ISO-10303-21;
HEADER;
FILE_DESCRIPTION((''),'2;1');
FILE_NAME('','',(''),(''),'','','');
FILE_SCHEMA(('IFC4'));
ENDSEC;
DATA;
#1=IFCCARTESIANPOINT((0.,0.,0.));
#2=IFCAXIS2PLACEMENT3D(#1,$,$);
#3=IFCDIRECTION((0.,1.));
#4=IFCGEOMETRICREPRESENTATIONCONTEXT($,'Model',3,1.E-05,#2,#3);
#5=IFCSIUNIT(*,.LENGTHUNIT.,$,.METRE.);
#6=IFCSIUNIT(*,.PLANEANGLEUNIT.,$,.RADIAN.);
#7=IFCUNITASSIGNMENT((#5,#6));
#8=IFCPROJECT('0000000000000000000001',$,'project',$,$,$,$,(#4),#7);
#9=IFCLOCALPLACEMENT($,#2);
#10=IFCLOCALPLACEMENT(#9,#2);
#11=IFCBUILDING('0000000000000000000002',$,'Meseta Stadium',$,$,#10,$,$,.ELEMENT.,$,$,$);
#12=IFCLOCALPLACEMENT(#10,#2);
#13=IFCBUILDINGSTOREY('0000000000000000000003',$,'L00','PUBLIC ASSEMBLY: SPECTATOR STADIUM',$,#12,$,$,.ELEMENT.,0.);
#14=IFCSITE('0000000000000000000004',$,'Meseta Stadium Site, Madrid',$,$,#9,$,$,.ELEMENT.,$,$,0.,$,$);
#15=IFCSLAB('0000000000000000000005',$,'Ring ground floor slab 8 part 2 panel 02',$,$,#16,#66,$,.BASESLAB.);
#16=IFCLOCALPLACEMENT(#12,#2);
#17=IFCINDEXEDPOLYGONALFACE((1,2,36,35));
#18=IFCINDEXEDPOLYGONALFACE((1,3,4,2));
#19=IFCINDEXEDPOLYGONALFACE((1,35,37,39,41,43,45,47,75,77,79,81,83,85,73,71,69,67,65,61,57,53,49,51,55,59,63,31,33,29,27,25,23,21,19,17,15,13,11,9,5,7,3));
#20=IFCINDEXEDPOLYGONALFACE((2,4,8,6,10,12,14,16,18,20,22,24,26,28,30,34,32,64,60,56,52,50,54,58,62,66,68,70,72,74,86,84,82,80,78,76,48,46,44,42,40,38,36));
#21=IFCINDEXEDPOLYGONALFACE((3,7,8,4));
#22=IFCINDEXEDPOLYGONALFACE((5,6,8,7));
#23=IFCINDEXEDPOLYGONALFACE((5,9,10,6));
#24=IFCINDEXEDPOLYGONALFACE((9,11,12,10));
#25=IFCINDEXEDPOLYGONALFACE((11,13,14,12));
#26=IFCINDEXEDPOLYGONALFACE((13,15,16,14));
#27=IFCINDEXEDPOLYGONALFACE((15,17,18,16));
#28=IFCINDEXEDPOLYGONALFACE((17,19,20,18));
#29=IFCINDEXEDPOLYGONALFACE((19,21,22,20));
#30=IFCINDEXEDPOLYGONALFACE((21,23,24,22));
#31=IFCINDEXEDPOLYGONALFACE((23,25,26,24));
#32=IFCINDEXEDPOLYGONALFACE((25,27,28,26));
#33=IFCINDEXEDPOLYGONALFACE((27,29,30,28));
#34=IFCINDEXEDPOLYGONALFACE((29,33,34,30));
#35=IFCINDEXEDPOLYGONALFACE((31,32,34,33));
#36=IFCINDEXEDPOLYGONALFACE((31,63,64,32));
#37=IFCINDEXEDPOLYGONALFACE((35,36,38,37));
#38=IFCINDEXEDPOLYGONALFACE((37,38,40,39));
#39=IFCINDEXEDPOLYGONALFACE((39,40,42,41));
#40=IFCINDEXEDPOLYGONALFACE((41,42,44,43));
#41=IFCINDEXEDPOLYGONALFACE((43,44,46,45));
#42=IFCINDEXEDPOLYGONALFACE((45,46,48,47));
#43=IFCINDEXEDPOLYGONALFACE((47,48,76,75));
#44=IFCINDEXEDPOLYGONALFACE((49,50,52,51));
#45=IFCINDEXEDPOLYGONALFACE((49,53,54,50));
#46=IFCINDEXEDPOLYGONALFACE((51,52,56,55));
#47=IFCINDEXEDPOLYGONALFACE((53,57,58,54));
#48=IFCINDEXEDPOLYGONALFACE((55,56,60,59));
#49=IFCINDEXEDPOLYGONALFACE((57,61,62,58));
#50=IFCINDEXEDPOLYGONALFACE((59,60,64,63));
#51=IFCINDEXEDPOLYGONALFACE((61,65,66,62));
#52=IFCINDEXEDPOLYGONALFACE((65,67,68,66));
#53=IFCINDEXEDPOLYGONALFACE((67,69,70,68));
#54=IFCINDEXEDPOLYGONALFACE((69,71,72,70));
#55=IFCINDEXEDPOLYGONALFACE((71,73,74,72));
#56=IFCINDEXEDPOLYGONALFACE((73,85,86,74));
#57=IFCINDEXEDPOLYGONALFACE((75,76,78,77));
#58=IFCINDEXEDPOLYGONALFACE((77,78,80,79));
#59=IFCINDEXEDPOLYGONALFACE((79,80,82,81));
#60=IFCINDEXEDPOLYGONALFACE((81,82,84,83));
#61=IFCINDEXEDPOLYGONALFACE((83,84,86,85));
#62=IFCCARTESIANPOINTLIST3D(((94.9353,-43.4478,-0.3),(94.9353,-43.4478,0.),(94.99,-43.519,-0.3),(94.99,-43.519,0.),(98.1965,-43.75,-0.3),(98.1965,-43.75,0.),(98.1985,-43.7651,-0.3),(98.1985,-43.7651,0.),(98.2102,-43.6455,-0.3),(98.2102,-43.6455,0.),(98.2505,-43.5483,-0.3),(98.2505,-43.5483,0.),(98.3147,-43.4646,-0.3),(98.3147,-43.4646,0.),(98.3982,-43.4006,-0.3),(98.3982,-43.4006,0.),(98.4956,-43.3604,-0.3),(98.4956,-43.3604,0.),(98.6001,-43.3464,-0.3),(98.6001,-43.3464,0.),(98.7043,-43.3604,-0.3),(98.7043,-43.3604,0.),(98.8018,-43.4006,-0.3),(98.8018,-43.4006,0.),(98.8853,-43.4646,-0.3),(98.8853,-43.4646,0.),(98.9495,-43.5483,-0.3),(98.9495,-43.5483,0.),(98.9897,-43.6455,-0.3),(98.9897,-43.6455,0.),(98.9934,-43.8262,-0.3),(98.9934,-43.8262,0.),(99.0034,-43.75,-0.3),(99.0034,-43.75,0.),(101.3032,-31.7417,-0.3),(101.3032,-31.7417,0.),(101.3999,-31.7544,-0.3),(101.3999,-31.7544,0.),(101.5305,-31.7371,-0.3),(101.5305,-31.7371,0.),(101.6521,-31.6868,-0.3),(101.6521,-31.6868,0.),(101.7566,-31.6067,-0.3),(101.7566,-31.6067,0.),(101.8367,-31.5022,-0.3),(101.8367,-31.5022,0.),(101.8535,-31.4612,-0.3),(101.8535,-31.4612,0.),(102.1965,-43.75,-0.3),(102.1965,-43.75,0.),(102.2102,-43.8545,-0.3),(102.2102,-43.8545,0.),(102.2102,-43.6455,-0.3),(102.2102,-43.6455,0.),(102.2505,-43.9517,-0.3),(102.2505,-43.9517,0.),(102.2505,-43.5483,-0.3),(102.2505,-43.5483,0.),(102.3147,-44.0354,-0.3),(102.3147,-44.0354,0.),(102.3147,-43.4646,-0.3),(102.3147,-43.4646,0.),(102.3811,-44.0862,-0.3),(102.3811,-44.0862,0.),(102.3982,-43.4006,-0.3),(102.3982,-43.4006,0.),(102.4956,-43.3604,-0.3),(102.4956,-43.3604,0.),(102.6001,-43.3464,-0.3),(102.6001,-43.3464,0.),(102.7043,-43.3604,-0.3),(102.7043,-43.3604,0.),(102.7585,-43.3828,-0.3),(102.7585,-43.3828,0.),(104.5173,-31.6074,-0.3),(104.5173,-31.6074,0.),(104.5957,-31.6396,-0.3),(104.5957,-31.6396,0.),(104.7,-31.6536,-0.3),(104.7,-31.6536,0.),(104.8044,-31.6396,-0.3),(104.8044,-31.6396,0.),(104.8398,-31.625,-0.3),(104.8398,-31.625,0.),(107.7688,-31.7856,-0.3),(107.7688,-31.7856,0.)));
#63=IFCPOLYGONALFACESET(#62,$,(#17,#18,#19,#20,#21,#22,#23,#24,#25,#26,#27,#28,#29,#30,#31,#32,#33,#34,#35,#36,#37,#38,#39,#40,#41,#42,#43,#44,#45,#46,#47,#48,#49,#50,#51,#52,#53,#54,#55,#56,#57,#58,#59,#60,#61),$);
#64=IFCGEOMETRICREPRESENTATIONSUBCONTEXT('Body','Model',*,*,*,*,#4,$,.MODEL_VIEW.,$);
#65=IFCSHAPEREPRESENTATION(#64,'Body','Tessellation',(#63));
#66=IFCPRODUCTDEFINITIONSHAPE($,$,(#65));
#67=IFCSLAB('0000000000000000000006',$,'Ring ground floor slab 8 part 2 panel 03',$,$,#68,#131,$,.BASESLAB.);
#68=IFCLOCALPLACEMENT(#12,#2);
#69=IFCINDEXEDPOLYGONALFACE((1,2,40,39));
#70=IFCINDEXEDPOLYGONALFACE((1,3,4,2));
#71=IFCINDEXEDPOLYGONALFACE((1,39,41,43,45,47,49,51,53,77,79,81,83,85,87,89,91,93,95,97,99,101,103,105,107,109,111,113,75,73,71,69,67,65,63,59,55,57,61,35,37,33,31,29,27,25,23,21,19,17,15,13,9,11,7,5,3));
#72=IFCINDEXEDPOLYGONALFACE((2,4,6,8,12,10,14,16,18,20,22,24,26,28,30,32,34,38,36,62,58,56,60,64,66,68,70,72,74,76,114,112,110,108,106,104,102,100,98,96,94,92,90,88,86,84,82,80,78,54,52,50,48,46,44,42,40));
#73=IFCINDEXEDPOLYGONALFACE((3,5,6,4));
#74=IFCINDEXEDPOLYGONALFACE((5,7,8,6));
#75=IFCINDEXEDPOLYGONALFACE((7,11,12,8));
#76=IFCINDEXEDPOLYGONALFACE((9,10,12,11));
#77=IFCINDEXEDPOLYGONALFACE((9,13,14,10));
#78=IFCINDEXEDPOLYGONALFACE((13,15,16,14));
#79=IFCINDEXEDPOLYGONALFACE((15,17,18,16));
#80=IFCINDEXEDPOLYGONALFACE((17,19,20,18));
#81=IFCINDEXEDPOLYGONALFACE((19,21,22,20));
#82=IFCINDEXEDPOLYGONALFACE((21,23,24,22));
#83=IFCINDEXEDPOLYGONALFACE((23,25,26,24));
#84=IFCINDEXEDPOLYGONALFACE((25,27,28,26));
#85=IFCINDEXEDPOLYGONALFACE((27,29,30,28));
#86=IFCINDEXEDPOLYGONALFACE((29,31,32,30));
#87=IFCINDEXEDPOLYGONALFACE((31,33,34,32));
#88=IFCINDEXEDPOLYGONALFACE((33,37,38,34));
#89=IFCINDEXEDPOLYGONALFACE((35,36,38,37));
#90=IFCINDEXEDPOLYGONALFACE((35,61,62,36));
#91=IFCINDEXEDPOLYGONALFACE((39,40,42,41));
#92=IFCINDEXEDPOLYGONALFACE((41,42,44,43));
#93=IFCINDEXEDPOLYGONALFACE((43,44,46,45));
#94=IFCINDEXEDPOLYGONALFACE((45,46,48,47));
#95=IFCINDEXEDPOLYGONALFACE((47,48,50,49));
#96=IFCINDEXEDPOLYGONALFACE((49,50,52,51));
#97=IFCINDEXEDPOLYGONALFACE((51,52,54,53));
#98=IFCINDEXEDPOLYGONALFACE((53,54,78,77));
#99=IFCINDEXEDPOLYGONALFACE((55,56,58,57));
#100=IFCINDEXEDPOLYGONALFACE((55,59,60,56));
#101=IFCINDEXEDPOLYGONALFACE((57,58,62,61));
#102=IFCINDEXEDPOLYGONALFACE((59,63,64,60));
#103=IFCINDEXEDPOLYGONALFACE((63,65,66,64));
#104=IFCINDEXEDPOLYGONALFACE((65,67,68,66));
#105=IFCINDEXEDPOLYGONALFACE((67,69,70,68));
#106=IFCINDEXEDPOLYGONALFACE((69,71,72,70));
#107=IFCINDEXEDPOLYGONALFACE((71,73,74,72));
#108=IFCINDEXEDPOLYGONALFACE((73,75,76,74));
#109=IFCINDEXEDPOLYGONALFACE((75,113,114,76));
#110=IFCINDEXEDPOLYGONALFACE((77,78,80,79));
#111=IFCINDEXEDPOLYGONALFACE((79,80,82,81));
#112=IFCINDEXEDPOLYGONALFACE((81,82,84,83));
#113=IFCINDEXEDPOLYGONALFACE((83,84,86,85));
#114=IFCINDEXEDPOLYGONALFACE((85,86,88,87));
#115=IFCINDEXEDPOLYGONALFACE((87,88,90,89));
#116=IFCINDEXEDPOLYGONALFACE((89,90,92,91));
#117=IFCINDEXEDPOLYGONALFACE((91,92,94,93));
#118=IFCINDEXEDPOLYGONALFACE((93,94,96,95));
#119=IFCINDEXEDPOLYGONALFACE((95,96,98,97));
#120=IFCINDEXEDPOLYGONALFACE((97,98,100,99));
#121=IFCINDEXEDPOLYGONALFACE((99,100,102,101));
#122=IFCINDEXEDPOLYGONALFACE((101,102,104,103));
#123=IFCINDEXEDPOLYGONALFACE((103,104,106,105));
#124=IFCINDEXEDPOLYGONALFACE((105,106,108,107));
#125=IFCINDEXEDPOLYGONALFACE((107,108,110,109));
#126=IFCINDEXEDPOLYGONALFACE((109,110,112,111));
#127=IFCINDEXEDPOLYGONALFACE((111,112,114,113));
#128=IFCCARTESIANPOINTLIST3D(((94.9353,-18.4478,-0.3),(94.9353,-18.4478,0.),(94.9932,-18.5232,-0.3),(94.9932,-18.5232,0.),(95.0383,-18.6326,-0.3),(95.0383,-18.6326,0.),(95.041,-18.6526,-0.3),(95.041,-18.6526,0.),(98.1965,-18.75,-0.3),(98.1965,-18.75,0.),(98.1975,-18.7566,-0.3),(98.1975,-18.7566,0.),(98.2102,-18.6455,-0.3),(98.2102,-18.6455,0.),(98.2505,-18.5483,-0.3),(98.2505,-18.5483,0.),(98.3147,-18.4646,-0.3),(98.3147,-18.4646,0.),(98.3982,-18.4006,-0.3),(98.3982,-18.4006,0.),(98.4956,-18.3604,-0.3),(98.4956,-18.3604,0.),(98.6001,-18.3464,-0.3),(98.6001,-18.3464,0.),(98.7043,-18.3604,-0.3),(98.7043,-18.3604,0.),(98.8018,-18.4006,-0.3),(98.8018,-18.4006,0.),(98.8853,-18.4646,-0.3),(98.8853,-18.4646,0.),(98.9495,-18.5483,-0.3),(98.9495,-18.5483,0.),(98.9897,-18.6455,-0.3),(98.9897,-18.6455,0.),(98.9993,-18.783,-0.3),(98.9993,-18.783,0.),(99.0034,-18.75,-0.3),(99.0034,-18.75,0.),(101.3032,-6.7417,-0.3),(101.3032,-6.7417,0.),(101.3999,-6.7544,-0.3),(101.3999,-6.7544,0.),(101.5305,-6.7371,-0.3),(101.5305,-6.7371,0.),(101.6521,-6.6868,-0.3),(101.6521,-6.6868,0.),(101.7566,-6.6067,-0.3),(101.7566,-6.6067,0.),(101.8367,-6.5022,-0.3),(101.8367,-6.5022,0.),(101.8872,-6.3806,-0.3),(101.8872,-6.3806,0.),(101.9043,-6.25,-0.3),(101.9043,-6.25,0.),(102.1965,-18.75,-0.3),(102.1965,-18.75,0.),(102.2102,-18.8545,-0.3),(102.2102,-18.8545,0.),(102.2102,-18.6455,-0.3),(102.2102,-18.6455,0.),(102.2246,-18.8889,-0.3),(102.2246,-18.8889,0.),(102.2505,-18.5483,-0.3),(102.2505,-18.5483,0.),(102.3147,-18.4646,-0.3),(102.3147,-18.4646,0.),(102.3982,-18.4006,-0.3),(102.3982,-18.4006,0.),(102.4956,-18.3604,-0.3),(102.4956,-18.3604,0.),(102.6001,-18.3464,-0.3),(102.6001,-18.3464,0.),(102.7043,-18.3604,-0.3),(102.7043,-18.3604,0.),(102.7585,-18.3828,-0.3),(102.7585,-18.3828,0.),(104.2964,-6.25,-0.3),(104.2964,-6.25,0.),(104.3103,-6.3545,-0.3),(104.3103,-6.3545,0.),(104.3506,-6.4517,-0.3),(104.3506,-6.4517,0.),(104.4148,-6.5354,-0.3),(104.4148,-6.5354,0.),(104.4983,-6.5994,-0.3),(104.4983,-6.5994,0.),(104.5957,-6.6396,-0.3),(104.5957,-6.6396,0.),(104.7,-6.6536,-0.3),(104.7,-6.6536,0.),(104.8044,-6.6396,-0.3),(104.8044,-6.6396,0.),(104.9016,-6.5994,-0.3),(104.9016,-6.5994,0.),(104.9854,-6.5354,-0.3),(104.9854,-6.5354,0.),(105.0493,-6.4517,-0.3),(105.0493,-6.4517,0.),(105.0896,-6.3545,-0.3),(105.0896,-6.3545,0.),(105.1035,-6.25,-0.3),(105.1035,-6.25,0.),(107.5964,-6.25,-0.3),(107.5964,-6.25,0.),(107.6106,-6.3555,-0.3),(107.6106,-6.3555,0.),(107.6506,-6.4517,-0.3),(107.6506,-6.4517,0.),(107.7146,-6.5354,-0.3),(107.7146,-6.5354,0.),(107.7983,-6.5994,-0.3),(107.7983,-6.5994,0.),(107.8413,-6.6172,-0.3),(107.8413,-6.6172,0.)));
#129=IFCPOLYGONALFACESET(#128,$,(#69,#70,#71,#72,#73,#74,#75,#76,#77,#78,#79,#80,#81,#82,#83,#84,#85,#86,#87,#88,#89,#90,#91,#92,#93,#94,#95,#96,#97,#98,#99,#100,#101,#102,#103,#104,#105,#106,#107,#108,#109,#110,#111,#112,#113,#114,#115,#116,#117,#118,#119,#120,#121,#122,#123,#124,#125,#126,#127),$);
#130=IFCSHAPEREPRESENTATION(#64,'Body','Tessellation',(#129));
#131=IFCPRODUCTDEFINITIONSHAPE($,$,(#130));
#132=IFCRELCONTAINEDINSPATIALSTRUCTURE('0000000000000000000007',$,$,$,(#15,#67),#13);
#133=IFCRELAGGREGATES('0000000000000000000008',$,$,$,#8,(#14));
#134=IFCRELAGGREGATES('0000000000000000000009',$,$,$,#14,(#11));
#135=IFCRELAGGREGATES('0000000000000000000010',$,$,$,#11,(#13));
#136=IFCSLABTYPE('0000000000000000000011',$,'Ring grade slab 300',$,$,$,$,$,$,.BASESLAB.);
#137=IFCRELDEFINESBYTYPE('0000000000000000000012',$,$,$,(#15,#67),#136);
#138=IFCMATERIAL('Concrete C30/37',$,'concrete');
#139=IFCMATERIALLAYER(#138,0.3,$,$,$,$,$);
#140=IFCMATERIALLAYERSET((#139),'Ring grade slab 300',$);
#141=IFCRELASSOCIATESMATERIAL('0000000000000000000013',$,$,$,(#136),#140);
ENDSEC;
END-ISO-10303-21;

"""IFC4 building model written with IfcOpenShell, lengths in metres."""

from ifc_helpers import new_model, si_unit, direction, frame, origin, place, context, subcontext, project, spatial, polyline, outline, extrude, material, layer, layer_set, type_object, element, save


model = new_model("IFC4")

# Units and contexts
model_context = context("Model", 3, precision=1e-05, world=origin(), true_north=direction((0.0, 1.0)))
body_context = subcontext(model_context, "Body", "Model", "MODEL_VIEW")
ifc_project = project(units=[si_unit("LENGTHUNIT", "METRE"), si_unit("PLANEANGLEUNIT", "RADIAN")], contexts=[model_context])

# Site, building, storey
site_placement = place(None, origin())
site = spatial("IfcSite", under=ifc_project, at=site_placement, Name="Meseta Stadium Site, Madrid", CompositionType="ELEMENT", RefElevation=0.0)
building_placement = place(site_placement, origin())
building = spatial("IfcBuilding", under=site, at=building_placement, Name="Meseta Stadium", CompositionType="ELEMENT")
storey_placement = place(building_placement, origin())
storey = spatial("IfcBuildingStorey", under=building, at=storey_placement, Name="L00", Description="PUBLIC ASSEMBLY: SPECTATOR STADIUM", CompositionType="ELEMENT", Elevation=0.0)

# Slabs
ifc_material_1 = material(Name="Concrete C30/37", Category="concrete")
ifc_layer_1 = layer(ifc_material_1, 0.3)
ifc_layer_set_1 = layer_set([ifc_layer_1], Name="Ring grade slab 300")
slab_type_1 = type_object("IfcSlabType", Name="Ring grade slab 300", PredefinedType="BASESLAB", material=ifc_layer_set_1)
slab_1_placement = place(storey_placement, frame((0.0, 0.0, -0.3)))
element("IfcSlab", 1, at=slab_1_placement, inside=storey, type_object=slab_type_1, Name="Ring ground floor slab 8 part 2 panel 02", PredefinedType="BASESLAB", context=body_context, shape_type="SweptSolid", body=[
    extrude(outline(polyline([(102.7043, -43.3604), (102.7585, -43.3828), (107.7688, -31.7856), (104.8398, -31.625), (104.8044, -31.6396), (104.7, -31.6536), (104.5957, -31.6396), (104.5173, -31.6074), (101.8535, -31.4612), (101.8367, -31.5022), (101.7566, -31.6067), (101.6521, -31.6868), (101.5305, -31.7371), (101.3999, -31.7544), (101.3032, -31.7417), (94.9353, -43.4478), (94.99, -43.519), (98.1985, -43.7651), (98.1965, -43.75), (98.2102, -43.6455), (98.2505, -43.5483), (98.3147, -43.4646), (98.3982, -43.4006), (98.4956, -43.3604), (98.6001, -43.3464), (98.7043, -43.3604), (98.8018, -43.4006), (98.8853, -43.4646), (98.9495, -43.5483), (98.9897, -43.6455), (99.0034, -43.75), (98.9934, -43.8262), (102.3811, -44.0862), (102.3147, -44.0354), (102.2505, -43.9517), (102.2102, -43.8545), (102.1965, -43.75), (102.2102, -43.6455), (102.2505, -43.5483), (102.3147, -43.4646), (102.3982, -43.4006), (102.4956, -43.3604), (102.6001, -43.3464), (102.7043, -43.3604)])), origin(), (0.0, 0.0, 1.0), 0.3),
])
slab_2_placement = place(storey_placement, frame((0.0, 0.0, -0.3)))
element("IfcSlab", 2, at=slab_2_placement, inside=storey, type_object=slab_type_1, Name="Ring ground floor slab 8 part 2 panel 03", PredefinedType="BASESLAB", context=body_context, shape_type="SweptSolid", body=[
    extrude(outline(polyline([(102.7043, -18.3604), (102.7585, -18.3828), (107.8413, -6.6172), (107.7983, -6.5994), (107.7146, -6.5354), (107.6506, -6.4517), (107.6106, -6.3555), (107.5964, -6.25), (105.1035, -6.25), (105.0896, -6.3545), (105.0493, -6.4517), (104.9854, -6.5354), (104.9016, -6.5994), (104.8044, -6.6396), (104.7, -6.6536), (104.5957, -6.6396), (104.4983, -6.5994), (104.4148, -6.5354), (104.3506, -6.4517), (104.3103, -6.3545), (104.2964, -6.25), (101.9043, -6.25), (101.8872, -6.3806), (101.8367, -6.5022), (101.7566, -6.6067), (101.6521, -6.6868), (101.5305, -6.7371), (101.3999, -6.7544), (101.3032, -6.7417), (94.9353, -18.4478), (94.9932, -18.5232), (95.0383, -18.6326), (95.041, -18.6526), (98.1975, -18.7566), (98.1965, -18.75), (98.2102, -18.6455), (98.2505, -18.5483), (98.3147, -18.4646), (98.3982, -18.4006), (98.4956, -18.3604), (98.6001, -18.3464), (98.7043, -18.3604), (98.8018, -18.4006), (98.8853, -18.4646), (98.9495, -18.5483), (98.9897, -18.6455), (99.0034, -18.75), (98.9993, -18.783), (102.2246, -18.8889), (102.2102, -18.8545), (102.1965, -18.75), (102.2102, -18.6455), (102.2505, -18.5483), (102.3147, -18.4646), (102.3982, -18.4006), (102.4956, -18.3604), (102.6001, -18.3464), (102.7043, -18.3604)])), origin(), (0.0, 0.0, 1.0), 0.3),
])

save(model, "model.ifc")
